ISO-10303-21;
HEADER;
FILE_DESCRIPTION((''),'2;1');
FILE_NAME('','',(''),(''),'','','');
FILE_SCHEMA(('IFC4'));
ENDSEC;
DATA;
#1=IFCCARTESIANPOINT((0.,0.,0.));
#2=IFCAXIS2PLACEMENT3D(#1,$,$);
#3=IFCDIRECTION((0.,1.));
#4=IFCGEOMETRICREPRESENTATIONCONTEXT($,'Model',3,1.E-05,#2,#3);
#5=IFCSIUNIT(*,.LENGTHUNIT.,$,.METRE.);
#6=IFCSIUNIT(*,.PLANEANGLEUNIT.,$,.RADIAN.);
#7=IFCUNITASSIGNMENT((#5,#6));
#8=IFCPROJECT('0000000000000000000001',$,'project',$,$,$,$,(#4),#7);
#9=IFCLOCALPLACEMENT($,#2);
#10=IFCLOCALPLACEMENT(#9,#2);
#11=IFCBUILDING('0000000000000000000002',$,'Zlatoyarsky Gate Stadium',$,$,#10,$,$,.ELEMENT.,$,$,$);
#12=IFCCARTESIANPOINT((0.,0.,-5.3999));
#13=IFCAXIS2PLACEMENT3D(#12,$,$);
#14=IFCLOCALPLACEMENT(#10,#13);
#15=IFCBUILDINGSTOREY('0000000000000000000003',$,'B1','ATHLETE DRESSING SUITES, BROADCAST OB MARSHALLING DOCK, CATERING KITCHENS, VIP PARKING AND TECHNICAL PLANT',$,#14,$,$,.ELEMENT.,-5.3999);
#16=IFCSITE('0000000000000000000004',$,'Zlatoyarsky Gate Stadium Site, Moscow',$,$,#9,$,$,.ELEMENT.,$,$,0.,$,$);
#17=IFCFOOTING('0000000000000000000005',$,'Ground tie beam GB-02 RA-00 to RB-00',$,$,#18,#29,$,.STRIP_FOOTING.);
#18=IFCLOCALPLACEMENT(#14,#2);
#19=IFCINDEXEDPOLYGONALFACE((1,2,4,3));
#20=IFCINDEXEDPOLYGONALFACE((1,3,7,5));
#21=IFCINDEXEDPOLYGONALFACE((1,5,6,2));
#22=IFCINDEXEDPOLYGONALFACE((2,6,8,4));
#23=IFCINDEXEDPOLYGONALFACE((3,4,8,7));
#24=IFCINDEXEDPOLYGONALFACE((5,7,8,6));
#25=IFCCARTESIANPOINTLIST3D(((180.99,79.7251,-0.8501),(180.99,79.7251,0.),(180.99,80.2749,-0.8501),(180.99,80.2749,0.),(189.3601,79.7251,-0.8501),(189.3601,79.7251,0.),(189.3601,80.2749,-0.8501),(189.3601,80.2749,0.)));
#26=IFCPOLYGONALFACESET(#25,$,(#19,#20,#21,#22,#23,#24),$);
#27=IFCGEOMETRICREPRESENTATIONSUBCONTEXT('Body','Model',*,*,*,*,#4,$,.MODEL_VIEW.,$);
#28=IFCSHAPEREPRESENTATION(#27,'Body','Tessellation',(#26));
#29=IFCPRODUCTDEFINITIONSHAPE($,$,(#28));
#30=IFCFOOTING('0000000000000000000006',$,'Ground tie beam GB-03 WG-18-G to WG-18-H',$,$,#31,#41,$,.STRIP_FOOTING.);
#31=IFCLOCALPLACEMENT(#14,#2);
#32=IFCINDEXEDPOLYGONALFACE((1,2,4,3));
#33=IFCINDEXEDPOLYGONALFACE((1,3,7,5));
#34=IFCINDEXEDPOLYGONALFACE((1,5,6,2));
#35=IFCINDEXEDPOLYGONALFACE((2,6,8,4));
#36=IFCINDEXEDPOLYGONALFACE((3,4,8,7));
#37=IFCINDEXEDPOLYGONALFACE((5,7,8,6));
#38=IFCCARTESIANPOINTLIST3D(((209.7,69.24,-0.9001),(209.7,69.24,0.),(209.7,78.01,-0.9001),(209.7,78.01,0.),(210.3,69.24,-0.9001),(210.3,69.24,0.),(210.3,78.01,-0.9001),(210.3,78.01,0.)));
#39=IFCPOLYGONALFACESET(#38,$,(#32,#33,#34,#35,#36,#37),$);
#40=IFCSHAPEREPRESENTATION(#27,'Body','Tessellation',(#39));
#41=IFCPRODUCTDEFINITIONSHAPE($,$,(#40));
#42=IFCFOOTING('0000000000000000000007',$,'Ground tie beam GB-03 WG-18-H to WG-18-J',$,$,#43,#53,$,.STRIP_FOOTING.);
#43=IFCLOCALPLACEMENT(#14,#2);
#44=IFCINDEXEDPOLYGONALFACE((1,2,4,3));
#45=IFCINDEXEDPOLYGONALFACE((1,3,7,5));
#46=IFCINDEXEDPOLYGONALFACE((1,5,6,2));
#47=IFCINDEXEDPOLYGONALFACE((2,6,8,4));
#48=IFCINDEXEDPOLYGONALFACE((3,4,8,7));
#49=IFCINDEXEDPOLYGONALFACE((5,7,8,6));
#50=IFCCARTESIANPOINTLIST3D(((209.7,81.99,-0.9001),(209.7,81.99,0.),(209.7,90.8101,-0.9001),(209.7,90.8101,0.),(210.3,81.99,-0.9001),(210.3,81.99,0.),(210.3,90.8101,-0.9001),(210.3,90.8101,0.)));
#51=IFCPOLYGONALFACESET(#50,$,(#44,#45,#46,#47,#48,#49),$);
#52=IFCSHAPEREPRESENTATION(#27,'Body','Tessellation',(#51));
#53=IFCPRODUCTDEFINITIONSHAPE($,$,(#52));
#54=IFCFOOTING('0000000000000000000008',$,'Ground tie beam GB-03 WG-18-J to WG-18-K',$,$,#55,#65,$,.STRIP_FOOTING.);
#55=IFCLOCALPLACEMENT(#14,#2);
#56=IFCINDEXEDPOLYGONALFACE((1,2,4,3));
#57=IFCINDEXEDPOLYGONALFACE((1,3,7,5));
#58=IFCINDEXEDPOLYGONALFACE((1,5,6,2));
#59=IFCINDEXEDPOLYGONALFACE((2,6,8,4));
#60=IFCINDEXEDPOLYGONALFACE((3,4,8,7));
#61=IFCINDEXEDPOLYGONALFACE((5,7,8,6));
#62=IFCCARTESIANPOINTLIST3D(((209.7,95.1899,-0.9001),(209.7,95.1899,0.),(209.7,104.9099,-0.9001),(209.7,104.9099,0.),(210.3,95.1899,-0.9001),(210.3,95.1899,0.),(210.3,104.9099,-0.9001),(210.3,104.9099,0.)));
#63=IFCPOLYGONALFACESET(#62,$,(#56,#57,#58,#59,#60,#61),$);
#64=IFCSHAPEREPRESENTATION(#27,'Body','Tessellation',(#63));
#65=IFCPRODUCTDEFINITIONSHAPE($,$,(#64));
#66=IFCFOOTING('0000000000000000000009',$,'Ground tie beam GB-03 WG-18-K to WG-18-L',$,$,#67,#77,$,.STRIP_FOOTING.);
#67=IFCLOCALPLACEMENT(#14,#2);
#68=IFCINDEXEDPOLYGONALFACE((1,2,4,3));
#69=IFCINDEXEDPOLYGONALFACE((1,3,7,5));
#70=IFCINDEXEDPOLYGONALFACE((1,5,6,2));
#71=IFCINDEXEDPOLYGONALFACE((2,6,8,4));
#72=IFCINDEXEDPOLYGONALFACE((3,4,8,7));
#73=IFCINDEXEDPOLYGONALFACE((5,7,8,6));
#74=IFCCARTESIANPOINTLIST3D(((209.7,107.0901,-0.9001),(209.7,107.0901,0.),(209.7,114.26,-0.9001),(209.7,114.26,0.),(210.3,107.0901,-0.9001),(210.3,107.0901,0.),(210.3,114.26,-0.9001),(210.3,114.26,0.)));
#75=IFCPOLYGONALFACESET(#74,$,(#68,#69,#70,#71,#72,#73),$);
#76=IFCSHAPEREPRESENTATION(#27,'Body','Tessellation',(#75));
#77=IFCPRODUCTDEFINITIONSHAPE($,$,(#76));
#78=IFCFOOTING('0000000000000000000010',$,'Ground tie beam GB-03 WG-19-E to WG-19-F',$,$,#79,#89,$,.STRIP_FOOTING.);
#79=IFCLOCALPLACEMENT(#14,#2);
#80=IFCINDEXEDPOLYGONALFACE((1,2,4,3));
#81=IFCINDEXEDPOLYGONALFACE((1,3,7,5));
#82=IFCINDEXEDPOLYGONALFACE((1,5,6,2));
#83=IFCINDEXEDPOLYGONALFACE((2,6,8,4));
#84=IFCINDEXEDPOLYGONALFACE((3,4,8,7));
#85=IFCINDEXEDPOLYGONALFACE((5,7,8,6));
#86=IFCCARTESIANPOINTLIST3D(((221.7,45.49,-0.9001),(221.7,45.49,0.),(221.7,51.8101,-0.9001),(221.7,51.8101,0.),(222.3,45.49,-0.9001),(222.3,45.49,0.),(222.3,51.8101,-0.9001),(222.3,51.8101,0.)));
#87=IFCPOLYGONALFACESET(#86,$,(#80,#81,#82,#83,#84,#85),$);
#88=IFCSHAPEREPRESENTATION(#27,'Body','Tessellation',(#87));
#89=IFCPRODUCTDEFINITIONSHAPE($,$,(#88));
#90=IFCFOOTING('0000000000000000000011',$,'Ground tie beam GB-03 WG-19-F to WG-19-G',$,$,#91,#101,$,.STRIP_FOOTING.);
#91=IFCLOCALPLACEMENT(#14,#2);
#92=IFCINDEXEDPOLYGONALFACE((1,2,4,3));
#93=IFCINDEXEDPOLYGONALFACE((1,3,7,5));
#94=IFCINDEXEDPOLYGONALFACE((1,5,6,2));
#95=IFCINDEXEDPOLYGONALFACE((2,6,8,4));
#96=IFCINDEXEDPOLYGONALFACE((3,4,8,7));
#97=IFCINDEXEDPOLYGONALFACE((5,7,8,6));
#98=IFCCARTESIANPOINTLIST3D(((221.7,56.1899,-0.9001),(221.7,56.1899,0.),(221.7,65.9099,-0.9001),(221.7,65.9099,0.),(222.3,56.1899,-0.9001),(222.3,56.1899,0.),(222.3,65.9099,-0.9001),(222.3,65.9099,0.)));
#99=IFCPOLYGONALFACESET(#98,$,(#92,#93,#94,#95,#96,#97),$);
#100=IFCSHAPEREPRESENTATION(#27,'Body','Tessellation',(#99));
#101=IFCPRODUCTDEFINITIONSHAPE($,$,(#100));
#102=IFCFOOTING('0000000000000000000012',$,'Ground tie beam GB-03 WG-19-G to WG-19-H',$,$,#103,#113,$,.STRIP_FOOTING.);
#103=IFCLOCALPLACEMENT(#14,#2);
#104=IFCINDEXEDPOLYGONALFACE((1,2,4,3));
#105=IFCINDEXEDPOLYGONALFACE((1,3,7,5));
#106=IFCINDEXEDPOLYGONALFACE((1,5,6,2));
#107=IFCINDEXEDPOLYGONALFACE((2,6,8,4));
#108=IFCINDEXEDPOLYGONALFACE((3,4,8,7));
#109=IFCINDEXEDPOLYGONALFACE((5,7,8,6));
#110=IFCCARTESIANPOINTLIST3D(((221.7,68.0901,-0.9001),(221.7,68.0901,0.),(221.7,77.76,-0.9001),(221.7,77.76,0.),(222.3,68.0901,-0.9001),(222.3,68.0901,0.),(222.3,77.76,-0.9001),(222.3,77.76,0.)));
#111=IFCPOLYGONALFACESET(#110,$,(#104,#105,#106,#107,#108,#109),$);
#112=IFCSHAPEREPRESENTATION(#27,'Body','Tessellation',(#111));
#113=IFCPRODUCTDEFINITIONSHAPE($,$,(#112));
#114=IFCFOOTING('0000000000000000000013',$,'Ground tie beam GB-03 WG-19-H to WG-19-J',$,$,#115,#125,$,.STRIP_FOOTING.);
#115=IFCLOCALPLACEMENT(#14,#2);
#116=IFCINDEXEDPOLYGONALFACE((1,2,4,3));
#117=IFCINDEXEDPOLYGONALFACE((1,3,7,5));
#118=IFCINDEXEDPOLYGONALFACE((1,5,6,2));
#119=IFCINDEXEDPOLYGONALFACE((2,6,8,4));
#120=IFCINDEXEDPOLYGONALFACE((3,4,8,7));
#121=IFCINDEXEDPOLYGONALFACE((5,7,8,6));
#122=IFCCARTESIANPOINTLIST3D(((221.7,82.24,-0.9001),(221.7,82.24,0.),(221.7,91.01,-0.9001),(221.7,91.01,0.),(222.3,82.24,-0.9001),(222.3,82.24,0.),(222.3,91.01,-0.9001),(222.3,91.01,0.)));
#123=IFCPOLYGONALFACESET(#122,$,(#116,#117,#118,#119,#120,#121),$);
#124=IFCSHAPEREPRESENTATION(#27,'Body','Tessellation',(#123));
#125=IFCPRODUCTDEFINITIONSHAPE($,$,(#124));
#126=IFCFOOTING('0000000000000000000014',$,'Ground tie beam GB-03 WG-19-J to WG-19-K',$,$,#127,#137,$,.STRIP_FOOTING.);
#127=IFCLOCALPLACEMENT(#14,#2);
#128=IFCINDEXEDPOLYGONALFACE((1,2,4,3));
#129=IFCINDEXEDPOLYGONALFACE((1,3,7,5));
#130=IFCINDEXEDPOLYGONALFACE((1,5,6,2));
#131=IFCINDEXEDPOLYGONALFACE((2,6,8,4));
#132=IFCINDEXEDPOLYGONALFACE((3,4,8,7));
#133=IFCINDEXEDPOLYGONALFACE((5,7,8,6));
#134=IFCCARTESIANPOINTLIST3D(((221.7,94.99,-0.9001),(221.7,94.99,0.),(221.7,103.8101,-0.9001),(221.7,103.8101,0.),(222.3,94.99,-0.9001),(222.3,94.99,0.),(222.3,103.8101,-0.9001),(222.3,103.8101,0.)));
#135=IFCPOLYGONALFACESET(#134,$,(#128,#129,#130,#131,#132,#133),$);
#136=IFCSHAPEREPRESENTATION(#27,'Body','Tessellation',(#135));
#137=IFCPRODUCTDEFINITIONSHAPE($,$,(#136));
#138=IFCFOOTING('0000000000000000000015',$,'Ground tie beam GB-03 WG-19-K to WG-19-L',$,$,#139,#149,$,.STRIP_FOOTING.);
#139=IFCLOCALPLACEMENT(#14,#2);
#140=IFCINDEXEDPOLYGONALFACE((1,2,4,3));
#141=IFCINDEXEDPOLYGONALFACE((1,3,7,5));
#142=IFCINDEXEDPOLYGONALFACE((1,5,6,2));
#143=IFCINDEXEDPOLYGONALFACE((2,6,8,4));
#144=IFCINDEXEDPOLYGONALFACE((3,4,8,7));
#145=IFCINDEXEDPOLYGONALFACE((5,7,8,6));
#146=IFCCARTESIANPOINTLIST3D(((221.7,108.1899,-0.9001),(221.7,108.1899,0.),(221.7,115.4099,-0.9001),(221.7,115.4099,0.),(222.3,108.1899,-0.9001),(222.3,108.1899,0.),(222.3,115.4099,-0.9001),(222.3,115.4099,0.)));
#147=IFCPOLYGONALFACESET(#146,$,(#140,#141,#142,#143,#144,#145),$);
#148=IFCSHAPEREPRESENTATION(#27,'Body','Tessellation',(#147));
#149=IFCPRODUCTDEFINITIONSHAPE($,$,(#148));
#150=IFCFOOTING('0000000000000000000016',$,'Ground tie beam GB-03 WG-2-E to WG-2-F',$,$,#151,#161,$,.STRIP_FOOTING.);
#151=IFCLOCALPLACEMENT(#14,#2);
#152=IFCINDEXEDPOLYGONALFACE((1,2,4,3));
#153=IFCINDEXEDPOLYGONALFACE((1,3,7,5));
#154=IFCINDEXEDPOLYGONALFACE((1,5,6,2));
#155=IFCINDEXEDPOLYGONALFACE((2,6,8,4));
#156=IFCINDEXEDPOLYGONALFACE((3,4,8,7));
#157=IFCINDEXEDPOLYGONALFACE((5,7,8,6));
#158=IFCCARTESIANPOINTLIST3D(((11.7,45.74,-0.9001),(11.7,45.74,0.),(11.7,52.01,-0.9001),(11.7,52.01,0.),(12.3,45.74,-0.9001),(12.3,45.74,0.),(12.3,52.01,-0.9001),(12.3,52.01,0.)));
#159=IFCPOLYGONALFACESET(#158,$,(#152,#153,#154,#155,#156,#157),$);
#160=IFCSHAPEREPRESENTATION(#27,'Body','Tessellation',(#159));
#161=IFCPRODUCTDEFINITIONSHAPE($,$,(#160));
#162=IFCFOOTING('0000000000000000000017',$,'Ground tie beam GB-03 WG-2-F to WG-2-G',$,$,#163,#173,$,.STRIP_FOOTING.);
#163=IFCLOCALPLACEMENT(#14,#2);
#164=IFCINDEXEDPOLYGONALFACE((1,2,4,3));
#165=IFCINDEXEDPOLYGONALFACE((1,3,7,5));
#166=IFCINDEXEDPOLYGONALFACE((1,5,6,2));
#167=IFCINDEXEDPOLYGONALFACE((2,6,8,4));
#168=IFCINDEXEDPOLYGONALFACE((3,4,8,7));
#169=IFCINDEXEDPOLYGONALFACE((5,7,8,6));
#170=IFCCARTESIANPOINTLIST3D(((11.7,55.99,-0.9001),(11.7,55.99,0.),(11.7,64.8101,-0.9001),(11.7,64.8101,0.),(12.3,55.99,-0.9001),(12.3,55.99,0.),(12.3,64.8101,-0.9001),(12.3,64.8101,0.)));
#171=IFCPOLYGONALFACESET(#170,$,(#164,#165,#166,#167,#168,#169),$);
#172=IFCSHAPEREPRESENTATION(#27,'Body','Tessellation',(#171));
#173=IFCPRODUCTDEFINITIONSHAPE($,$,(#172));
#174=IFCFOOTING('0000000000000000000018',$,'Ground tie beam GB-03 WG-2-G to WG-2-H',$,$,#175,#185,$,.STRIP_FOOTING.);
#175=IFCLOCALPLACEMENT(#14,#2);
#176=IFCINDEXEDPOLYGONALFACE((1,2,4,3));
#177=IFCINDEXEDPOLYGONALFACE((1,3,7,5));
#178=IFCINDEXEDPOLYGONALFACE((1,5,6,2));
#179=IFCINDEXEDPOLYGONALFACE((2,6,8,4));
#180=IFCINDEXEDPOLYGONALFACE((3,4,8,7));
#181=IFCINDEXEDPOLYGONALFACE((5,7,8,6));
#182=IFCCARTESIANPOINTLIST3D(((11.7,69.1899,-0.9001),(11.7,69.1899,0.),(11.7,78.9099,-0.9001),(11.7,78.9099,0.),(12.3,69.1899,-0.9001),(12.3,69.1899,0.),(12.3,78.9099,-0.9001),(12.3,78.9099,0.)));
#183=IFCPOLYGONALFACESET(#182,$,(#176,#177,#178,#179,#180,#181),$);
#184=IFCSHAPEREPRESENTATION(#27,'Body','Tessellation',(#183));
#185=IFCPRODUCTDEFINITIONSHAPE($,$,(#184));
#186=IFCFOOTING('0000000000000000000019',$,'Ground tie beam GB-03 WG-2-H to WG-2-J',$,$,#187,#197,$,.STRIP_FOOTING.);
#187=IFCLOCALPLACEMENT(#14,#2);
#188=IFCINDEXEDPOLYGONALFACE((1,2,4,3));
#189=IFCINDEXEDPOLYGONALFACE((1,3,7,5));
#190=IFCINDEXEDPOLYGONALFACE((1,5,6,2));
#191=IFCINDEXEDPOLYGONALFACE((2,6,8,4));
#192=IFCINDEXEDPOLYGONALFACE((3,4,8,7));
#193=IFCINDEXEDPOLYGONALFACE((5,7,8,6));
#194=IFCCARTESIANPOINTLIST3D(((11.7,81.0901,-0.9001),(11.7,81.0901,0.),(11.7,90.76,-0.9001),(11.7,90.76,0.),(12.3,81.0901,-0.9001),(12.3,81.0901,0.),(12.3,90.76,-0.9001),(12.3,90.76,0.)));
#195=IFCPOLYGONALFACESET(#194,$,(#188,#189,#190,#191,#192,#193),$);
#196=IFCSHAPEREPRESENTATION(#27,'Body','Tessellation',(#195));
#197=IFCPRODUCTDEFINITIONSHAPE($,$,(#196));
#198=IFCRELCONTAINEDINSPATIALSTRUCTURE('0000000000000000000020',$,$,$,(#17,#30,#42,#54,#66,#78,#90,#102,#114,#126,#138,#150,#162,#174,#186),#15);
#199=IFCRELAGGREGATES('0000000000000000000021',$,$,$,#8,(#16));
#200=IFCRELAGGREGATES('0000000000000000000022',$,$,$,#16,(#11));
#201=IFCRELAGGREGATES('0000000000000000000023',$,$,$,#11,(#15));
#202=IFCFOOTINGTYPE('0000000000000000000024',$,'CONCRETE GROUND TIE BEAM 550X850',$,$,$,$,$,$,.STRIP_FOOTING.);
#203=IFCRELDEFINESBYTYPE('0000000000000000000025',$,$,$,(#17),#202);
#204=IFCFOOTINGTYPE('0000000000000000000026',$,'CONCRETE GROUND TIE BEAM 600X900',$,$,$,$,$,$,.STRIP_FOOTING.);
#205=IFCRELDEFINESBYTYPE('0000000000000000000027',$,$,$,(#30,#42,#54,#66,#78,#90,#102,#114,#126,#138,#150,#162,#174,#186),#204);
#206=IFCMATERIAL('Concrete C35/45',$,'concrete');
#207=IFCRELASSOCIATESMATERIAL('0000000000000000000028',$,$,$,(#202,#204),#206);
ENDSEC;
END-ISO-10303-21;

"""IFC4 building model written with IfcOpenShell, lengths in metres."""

from ifc_helpers import new_model, si_unit, direction, frame, origin, origin_2d, place, context, subcontext, project, spatial, polyline, rectangle, outline, extrude, material, material_profile, profile_set, type_object, element, save


model = new_model("IFC4")

# Units and contexts
model_context = context("Model", 3, precision=1e-05, world=origin(), true_north=direction((0.0, 1.0)))
body_context = subcontext(model_context, "Body", "Model", "MODEL_VIEW")
ifc_project = project(units=[si_unit("LENGTHUNIT", "METRE"), si_unit("PLANEANGLEUNIT", "RADIAN")], contexts=[model_context])

# Site, building, storey
site_placement = place(None, origin())
site = spatial("IfcSite", under=ifc_project, at=site_placement, Name="Zlatoyarsky Gate Stadium Site, Moscow", CompositionType="ELEMENT", RefElevation=0.0)
building_placement = place(site_placement, origin())
building = spatial("IfcBuilding", under=site, at=building_placement, Name="Zlatoyarsky Gate Stadium", CompositionType="ELEMENT")
storey_placement = place(building_placement, frame((0.0, 0.0, -5.3999)))
storey = spatial("IfcBuildingStorey", under=building, at=storey_placement, Name="B1", Description="ATHLETE DRESSING SUITES, BROADCAST OB MARSHALLING DOCK, CATERING KITCHENS, VIP PARKING AND TECHNICAL PLANT", CompositionType="ELEMENT", Elevation=-5.3999)

# Footings
ifc_material = material(Name="Concrete C35/45", Category="concrete")
ifc_material_profile_1 = material_profile(ifc_material, rectangle(XDim=0.55, YDim=0.8501, at=origin_2d()), Name="GB 550X850")
ifc_profile_set_1 = profile_set([ifc_material_profile_1], Name="Concrete C35/45")
footing_type_1 = type_object("IfcFootingType", Name="CONCRETE GROUND TIE BEAM 550X850", PredefinedType="STRIP_FOOTING", material=ifc_profile_set_1)
footing_1_placement = place(storey_placement, frame((0.0, 0.0, -0.8501)))
element("IfcFooting", 1, at=footing_1_placement, inside=storey, type_object=footing_type_1, Name="Ground tie beam GB-02 RA-00 to RB-00", PredefinedType="STRIP_FOOTING", context=body_context, shape_type="SweptSolid", body=[
    extrude(outline(polyline([(180.99, 79.7251), (189.3601, 79.7251), (189.3601, 80.2749), (180.99, 80.2749), (180.99, 79.7251)])), origin(), (0.0, 0.0, 1.0), 0.8501),
])
ifc_material_profile_2 = material_profile(ifc_material, rectangle(XDim=0.6001, YDim=0.8999, at=origin_2d()), Name="GB 600X900")
ifc_profile_set_2 = profile_set([ifc_material_profile_2], Name="Concrete C35/45")
footing_type_2 = type_object("IfcFootingType", Name="CONCRETE GROUND TIE BEAM 600X900", PredefinedType="STRIP_FOOTING", material=ifc_profile_set_2)
footing_2_placement = place(storey_placement, frame((0.0, 0.0, -0.9001)))
element("IfcFooting", 2, at=footing_2_placement, inside=storey, type_object=footing_type_2, Name="Ground tie beam GB-03 WG-18-G to WG-18-H", PredefinedType="STRIP_FOOTING", context=body_context, shape_type="SweptSolid", body=[
    extrude(outline(polyline([(210.3, 69.24), (210.3, 78.01), (209.7, 78.01), (209.7, 69.24), (210.3, 69.24)])), origin(), (0.0, 0.0, 1.0), 0.9001),
])
footing_3_placement = place(storey_placement, frame((0.0, 0.0, -0.9001)))
element("IfcFooting", 3, at=footing_3_placement, inside=storey, type_object=footing_type_2, Name="Ground tie beam GB-03 WG-18-H to WG-18-J", PredefinedType="STRIP_FOOTING", context=body_context, shape_type="SweptSolid", body=[
    extrude(outline(polyline([(210.3, 81.99), (210.3, 90.8101), (209.7, 90.8101), (209.7, 81.99), (210.3, 81.99)])), origin(), (0.0, 0.0, 1.0), 0.9001),
])
footing_4_placement = place(storey_placement, frame((0.0, 0.0, -0.9001)))
element("IfcFooting", 4, at=footing_4_placement, inside=storey, type_object=footing_type_2, Name="Ground tie beam GB-03 WG-18-J to WG-18-K", PredefinedType="STRIP_FOOTING", context=body_context, shape_type="SweptSolid", body=[
    extrude(outline(polyline([(210.3, 95.1899), (210.3, 104.9099), (209.7, 104.9099), (209.7, 95.1899), (210.3, 95.1899)])), origin(), (0.0, 0.0, 1.0), 0.9001),
])
footing_5_placement = place(storey_placement, frame((0.0, 0.0, -0.9001)))
element("IfcFooting", 5, at=footing_5_placement, inside=storey, type_object=footing_type_2, Name="Ground tie beam GB-03 WG-18-K to WG-18-L", PredefinedType="STRIP_FOOTING", context=body_context, shape_type="SweptSolid", body=[
    extrude(outline(polyline([(210.3, 107.0901), (210.3, 114.26), (209.7, 114.26), (209.7, 107.0901), (210.3, 107.0901)])), origin(), (0.0, 0.0, 1.0), 0.9001),
])
footing_6_placement = place(storey_placement, frame((0.0, 0.0, -0.9001)))
element("IfcFooting", 6, at=footing_6_placement, inside=storey, type_object=footing_type_2, Name="Ground tie beam GB-03 WG-19-E to WG-19-F", PredefinedType="STRIP_FOOTING", context=body_context, shape_type="SweptSolid", body=[
    extrude(outline(polyline([(222.3, 45.49), (222.3, 51.8101), (221.7, 51.8101), (221.7, 45.49), (222.3, 45.49)])), origin(), (0.0, 0.0, 1.0), 0.9001),
])
footing_7_placement = place(storey_placement, frame((0.0, 0.0, -0.9001)))
element("IfcFooting", 7, at=footing_7_placement, inside=storey, type_object=footing_type_2, Name="Ground tie beam GB-03 WG-19-F to WG-19-G", PredefinedType="STRIP_FOOTING", context=body_context, shape_type="SweptSolid", body=[
    extrude(outline(polyline([(222.3, 56.1899), (222.3, 65.9099), (221.7, 65.9099), (221.7, 56.1899), (222.3, 56.1899)])), origin(), (0.0, 0.0, 1.0), 0.9001),
])
footing_8_placement = place(storey_placement, frame((0.0, 0.0, -0.9001)))
element("IfcFooting", 8, at=footing_8_placement, inside=storey, type_object=footing_type_2, Name="Ground tie beam GB-03 WG-19-G to WG-19-H", PredefinedType="STRIP_FOOTING", context=body_context, shape_type="SweptSolid", body=[
    extrude(outline(polyline([(222.3, 68.0901), (222.3, 77.76), (221.7, 77.76), (221.7, 68.0901), (222.3, 68.0901)])), origin(), (0.0, 0.0, 1.0), 0.9001),
])
footing_9_placement = place(storey_placement, frame((0.0, 0.0, -0.9001)))
element("IfcFooting", 9, at=footing_9_placement, inside=storey, type_object=footing_type_2, Name="Ground tie beam GB-03 WG-19-H to WG-19-J", PredefinedType="STRIP_FOOTING", context=body_context, shape_type="SweptSolid", body=[
    extrude(outline(polyline([(222.3, 82.24), (222.3, 91.01), (221.7, 91.01), (221.7, 82.24), (222.3, 82.24)])), origin(), (0.0, 0.0, 1.0), 0.9001),
])
footing_10_placement = place(storey_placement, frame((0.0, 0.0, -0.9001)))
element("IfcFooting", 10, at=footing_10_placement, inside=storey, type_object=footing_type_2, Name="Ground tie beam GB-03 WG-19-J to WG-19-K", PredefinedType="STRIP_FOOTING", context=body_context, shape_type="SweptSolid", body=[
    extrude(outline(polyline([(222.3, 94.99), (222.3, 103.8101), (221.7, 103.8101), (221.7, 94.99), (222.3, 94.99)])), origin(), (0.0, 0.0, 1.0), 0.9001),
])
footing_11_placement = place(storey_placement, frame((0.0, 0.0, -0.9001)))
element("IfcFooting", 11, at=footing_11_placement, inside=storey, type_object=footing_type_2, Name="Ground tie beam GB-03 WG-19-K to WG-19-L", PredefinedType="STRIP_FOOTING", context=body_context, shape_type="SweptSolid", body=[
    extrude(outline(polyline([(222.3, 108.1899), (222.3, 115.4099), (221.7, 115.4099), (221.7, 108.1899), (222.3, 108.1899)])), origin(), (0.0, 0.0, 1.0), 0.9001),
])
footing_12_placement = place(storey_placement, frame((0.0, 0.0, -0.9001)))
element("IfcFooting", 12, at=footing_12_placement, inside=storey, type_object=footing_type_2, Name="Ground tie beam GB-03 WG-2-E to WG-2-F", PredefinedType="STRIP_FOOTING", context=body_context, shape_type="SweptSolid", body=[
    extrude(outline(polyline([(12.3, 45.74), (12.3, 52.01), (11.7, 52.01), (11.7, 45.74), (12.3, 45.74)])), origin(), (0.0, 0.0, 1.0), 0.9001),
])
footing_13_placement = place(storey_placement, frame((0.0, 0.0, -0.9001)))
element("IfcFooting", 13, at=footing_13_placement, inside=storey, type_object=footing_type_2, Name="Ground tie beam GB-03 WG-2-F to WG-2-G", PredefinedType="STRIP_FOOTING", context=body_context, shape_type="SweptSolid", body=[
    extrude(outline(polyline([(12.3, 55.99), (12.3, 64.8101), (11.7, 64.8101), (11.7, 55.99), (12.3, 55.99)])), origin(), (0.0, 0.0, 1.0), 0.9001),
])
footing_14_placement = place(storey_placement, frame((0.0, 0.0, -0.9001)))
element("IfcFooting", 14, at=footing_14_placement, inside=storey, type_object=footing_type_2, Name="Ground tie beam GB-03 WG-2-G to WG-2-H", PredefinedType="STRIP_FOOTING", context=body_context, shape_type="SweptSolid", body=[
    extrude(outline(polyline([(12.3, 69.1899), (12.3, 78.9099), (11.7, 78.9099), (11.7, 69.1899), (12.3, 69.1899)])), origin(), (0.0, 0.0, 1.0), 0.9001),
])
footing_15_placement = place(storey_placement, frame((0.0, 0.0, -0.9001)))
element("IfcFooting", 15, at=footing_15_placement, inside=storey, type_object=footing_type_2, Name="Ground tie beam GB-03 WG-2-H to WG-2-J", PredefinedType="STRIP_FOOTING", context=body_context, shape_type="SweptSolid", body=[
    extrude(outline(polyline([(12.3, 81.0901), (12.3, 90.76), (11.7, 90.76), (11.7, 81.0901), (12.3, 81.0901)])), origin(), (0.0, 0.0, 1.0), 0.9001),
])

save(model, "model.ifc")
